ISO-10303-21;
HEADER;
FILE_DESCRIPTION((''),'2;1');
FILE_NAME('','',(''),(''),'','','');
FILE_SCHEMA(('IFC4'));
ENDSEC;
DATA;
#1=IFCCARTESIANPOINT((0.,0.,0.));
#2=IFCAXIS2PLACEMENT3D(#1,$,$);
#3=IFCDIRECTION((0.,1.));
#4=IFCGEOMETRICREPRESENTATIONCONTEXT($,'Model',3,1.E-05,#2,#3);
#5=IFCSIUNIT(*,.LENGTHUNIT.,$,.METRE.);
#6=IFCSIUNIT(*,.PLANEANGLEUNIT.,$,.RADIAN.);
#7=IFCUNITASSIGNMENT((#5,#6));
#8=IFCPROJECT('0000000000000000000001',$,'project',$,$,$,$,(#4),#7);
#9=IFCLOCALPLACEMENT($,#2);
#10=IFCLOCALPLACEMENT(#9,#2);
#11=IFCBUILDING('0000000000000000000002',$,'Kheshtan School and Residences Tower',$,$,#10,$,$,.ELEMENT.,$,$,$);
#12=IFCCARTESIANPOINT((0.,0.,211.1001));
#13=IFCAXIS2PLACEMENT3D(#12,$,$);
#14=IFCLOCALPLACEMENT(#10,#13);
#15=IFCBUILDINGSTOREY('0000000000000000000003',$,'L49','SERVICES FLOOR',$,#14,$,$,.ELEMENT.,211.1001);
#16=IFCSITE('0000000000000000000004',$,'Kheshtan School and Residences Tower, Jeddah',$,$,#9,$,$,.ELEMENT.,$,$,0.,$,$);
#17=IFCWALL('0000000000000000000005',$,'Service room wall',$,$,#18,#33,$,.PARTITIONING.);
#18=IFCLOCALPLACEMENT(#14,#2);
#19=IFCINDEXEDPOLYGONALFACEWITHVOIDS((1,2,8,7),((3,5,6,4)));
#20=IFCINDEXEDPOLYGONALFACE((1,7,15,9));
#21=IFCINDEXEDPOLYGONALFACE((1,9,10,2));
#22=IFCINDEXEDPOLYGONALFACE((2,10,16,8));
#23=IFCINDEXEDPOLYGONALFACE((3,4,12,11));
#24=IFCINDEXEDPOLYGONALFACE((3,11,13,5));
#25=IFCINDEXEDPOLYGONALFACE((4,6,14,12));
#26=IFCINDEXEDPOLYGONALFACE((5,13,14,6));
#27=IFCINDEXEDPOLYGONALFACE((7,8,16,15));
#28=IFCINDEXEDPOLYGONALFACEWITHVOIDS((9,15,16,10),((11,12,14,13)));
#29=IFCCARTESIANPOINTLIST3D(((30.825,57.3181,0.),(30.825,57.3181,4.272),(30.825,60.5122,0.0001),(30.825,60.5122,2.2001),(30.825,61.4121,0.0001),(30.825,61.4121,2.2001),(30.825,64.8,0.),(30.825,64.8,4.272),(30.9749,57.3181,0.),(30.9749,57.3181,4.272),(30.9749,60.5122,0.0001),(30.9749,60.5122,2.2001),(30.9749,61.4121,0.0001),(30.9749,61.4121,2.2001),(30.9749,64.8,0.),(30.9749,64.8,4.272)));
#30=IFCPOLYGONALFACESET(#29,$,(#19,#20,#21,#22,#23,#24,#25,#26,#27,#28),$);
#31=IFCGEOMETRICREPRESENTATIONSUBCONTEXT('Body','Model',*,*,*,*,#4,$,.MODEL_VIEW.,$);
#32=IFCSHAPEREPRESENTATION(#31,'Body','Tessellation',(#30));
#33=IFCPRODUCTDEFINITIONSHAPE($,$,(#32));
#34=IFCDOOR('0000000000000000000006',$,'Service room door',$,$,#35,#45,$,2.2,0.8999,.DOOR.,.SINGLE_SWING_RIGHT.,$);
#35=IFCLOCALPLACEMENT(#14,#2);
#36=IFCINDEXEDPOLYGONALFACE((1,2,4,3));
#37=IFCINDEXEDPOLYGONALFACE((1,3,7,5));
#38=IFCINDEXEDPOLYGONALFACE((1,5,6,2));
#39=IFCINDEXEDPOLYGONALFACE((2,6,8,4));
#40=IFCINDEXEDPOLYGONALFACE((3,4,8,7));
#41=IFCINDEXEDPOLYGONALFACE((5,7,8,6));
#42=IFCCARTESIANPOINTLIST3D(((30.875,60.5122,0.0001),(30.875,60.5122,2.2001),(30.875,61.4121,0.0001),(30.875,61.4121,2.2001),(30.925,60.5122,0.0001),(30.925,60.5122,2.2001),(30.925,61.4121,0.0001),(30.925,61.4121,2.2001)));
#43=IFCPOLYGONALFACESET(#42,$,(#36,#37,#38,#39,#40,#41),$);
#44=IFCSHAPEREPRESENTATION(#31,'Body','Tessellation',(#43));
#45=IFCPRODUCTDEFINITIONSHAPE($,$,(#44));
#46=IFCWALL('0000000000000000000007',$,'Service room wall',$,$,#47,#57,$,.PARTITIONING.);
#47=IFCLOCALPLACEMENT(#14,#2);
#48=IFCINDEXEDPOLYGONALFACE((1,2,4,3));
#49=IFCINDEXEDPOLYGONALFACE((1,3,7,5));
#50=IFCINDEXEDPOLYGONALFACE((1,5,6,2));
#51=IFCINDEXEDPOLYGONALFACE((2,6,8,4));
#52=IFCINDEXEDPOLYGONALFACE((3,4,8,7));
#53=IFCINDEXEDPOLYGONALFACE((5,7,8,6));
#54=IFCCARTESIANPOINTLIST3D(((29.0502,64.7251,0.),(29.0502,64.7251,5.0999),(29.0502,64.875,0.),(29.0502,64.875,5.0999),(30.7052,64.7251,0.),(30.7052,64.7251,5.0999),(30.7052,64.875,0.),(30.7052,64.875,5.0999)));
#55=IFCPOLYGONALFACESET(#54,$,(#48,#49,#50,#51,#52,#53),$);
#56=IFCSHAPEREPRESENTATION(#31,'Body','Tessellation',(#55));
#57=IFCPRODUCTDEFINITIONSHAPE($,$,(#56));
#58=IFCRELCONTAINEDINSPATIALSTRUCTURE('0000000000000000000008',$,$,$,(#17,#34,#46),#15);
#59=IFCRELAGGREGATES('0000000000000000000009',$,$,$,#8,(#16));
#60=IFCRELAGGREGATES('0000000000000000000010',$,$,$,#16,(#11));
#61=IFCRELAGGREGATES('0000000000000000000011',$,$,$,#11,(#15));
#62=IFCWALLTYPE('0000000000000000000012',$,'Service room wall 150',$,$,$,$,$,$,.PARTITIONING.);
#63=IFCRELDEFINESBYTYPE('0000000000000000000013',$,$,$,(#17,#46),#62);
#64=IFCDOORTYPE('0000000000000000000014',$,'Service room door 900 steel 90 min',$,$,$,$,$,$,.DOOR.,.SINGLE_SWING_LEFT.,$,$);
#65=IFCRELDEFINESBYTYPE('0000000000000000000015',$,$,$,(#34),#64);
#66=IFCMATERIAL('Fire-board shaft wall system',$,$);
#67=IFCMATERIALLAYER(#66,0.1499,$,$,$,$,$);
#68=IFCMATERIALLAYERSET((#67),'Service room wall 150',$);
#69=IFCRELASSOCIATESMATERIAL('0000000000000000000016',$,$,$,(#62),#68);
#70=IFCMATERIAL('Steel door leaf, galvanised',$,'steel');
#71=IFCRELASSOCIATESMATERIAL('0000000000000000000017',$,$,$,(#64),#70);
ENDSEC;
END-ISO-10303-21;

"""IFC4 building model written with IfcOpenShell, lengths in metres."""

from ifc_helpers import new_model, si_unit, direction, frame, frame_2d, origin, place, context, subcontext, project, spatial, rectangle, extrude, source, transform, mapped, material, layer, layer_set, type_object, element, fill, save


model = new_model("IFC4")

# Units and contexts
model_context = context("Model", 3, precision=1e-05, world=origin(), true_north=direction((0.0, 1.0)))
body_context = subcontext(model_context, "Body", "Model", "MODEL_VIEW")
ifc_project = project(units=[si_unit("LENGTHUNIT", "METRE"), si_unit("PLANEANGLEUNIT", "RADIAN")], contexts=[model_context])

# Site, building, storey
site_placement = place(None, origin())
site = spatial("IfcSite", under=ifc_project, at=site_placement, Name="Kheshtan School and Residences Tower, Jeddah", CompositionType="ELEMENT", RefElevation=0.0)
building_placement = place(site_placement, origin())
building = spatial("IfcBuilding", under=site, at=building_placement, Name="Kheshtan School and Residences Tower", CompositionType="ELEMENT")
storey_placement = place(building_placement, frame((0.0, 0.0, 211.1001)))
storey = spatial("IfcBuildingStorey", under=building, at=storey_placement, Name="L49", Description="SERVICES FLOOR", CompositionType="ELEMENT", Elevation=211.1001)

# Shared definitions
ifc_material_1 = material(Name="Fire-board shaft wall system")
ifc_layer_1 = layer(ifc_material_1, 0.1499)
ifc_layer_set_1 = layer_set([ifc_layer_1], Name="Service room wall 150")
wall_type_1 = type_object("IfcWallType", Name="Service room wall 150", PredefinedType="PARTITIONING", material=ifc_layer_set_1)

# Wall, opening, door
wall_1_placement = place(storey_placement, frame((30.8999, 57.3181, 0.0), z_axis=(0.0, 0.0, 1.0), x_axis=(0.0, 1.0, 0.0)))
wall_1 = element("IfcWall", 1, at=wall_1_placement, inside=storey, type_object=wall_type_1, Name="Service room wall", PredefinedType="PARTITIONING", context=body_context, shape_type="SweptSolid", body=[
    extrude(rectangle(XDim=7.4819, YDim=0.1499, at=frame_2d((3.741, 0.0))), origin(), (0.0, 0.0, 1.0), 4.272),
])
opening_1_placement = place(wall_1_placement, frame((3.1941, 0.0, 0.0)))
opening_1 = element("IfcOpeningElement", 2, at=opening_1_placement, cuts=wall_1, PredefinedType="OPENING", context=body_context, shape_type="SweptSolid", body=[
    extrude(rectangle(XDim=0.8999, YDim=2.2, at=frame_2d((0.45, 1.1001))), frame((0.0, 0.085, 0.0), z_axis=(0.0, -1.0, 0.0), x_axis=(1.0, 0.0, 0.0)), (0.0, 0.0, 1.0), 0.1699),
])
ifc_material_2 = material(Name="Steel door leaf, galvanised", Category="steel")
door_type_1 = type_object("IfcDoorType", Name="Service room door 900 steel 90 min", OperationType="SINGLE_SWING_LEFT", PredefinedType="DOOR", material=ifc_material_2)
shared_shape_1 = source(origin(), body_context, "Body", "SweptSolid", [
    extrude(rectangle(XDim=0.8999, YDim=2.2, at=frame_2d((0.45, 1.1001))), frame((0.0, 0.0249, 0.0), z_axis=(0.0, -1.0, 0.0), x_axis=(1.0, 0.0, 0.0)), (0.0, 0.0, 1.0), 0.05),
])
door_1_placement = place(opening_1_placement, origin())
door_1 = element("IfcDoor", 3, at=door_1_placement, inside=storey, type_object=door_type_1, Name="Service room door", OperationType="SINGLE_SWING_RIGHT", OverallHeight=2.2, OverallWidth=0.8999, PredefinedType="DOOR", context=body_context, shape_type="MappedRepresentation", body=[
    mapped(shared_shape_1, transform((0.0, 0.0, 0.0), x_axis=(1.0, 0.0, 0.0), y_axis=(0.0, 1.0, 0.0), z_axis=(0.0, 0.0, 1.0), scale=1.0)),
])
fill(opening_1, door_1)

# Wall
wall_2_placement = place(storey_placement, frame((29.05, 64.8, 0.0), z_axis=(0.0, 0.0, 1.0), x_axis=(1.0, 0.0, 0.0)))
element("IfcWall", 4, at=wall_2_placement, inside=storey, type_object=wall_type_1, Name="Service room wall", PredefinedType="PARTITIONING", context=body_context, shape_type="SweptSolid", body=[
    extrude(rectangle(XDim=1.655, YDim=0.1499, at=frame_2d((0.8276, 0.0))), origin(), (0.0, 0.0, 1.0), 5.0999),
])

save(model, "model.ifc")
